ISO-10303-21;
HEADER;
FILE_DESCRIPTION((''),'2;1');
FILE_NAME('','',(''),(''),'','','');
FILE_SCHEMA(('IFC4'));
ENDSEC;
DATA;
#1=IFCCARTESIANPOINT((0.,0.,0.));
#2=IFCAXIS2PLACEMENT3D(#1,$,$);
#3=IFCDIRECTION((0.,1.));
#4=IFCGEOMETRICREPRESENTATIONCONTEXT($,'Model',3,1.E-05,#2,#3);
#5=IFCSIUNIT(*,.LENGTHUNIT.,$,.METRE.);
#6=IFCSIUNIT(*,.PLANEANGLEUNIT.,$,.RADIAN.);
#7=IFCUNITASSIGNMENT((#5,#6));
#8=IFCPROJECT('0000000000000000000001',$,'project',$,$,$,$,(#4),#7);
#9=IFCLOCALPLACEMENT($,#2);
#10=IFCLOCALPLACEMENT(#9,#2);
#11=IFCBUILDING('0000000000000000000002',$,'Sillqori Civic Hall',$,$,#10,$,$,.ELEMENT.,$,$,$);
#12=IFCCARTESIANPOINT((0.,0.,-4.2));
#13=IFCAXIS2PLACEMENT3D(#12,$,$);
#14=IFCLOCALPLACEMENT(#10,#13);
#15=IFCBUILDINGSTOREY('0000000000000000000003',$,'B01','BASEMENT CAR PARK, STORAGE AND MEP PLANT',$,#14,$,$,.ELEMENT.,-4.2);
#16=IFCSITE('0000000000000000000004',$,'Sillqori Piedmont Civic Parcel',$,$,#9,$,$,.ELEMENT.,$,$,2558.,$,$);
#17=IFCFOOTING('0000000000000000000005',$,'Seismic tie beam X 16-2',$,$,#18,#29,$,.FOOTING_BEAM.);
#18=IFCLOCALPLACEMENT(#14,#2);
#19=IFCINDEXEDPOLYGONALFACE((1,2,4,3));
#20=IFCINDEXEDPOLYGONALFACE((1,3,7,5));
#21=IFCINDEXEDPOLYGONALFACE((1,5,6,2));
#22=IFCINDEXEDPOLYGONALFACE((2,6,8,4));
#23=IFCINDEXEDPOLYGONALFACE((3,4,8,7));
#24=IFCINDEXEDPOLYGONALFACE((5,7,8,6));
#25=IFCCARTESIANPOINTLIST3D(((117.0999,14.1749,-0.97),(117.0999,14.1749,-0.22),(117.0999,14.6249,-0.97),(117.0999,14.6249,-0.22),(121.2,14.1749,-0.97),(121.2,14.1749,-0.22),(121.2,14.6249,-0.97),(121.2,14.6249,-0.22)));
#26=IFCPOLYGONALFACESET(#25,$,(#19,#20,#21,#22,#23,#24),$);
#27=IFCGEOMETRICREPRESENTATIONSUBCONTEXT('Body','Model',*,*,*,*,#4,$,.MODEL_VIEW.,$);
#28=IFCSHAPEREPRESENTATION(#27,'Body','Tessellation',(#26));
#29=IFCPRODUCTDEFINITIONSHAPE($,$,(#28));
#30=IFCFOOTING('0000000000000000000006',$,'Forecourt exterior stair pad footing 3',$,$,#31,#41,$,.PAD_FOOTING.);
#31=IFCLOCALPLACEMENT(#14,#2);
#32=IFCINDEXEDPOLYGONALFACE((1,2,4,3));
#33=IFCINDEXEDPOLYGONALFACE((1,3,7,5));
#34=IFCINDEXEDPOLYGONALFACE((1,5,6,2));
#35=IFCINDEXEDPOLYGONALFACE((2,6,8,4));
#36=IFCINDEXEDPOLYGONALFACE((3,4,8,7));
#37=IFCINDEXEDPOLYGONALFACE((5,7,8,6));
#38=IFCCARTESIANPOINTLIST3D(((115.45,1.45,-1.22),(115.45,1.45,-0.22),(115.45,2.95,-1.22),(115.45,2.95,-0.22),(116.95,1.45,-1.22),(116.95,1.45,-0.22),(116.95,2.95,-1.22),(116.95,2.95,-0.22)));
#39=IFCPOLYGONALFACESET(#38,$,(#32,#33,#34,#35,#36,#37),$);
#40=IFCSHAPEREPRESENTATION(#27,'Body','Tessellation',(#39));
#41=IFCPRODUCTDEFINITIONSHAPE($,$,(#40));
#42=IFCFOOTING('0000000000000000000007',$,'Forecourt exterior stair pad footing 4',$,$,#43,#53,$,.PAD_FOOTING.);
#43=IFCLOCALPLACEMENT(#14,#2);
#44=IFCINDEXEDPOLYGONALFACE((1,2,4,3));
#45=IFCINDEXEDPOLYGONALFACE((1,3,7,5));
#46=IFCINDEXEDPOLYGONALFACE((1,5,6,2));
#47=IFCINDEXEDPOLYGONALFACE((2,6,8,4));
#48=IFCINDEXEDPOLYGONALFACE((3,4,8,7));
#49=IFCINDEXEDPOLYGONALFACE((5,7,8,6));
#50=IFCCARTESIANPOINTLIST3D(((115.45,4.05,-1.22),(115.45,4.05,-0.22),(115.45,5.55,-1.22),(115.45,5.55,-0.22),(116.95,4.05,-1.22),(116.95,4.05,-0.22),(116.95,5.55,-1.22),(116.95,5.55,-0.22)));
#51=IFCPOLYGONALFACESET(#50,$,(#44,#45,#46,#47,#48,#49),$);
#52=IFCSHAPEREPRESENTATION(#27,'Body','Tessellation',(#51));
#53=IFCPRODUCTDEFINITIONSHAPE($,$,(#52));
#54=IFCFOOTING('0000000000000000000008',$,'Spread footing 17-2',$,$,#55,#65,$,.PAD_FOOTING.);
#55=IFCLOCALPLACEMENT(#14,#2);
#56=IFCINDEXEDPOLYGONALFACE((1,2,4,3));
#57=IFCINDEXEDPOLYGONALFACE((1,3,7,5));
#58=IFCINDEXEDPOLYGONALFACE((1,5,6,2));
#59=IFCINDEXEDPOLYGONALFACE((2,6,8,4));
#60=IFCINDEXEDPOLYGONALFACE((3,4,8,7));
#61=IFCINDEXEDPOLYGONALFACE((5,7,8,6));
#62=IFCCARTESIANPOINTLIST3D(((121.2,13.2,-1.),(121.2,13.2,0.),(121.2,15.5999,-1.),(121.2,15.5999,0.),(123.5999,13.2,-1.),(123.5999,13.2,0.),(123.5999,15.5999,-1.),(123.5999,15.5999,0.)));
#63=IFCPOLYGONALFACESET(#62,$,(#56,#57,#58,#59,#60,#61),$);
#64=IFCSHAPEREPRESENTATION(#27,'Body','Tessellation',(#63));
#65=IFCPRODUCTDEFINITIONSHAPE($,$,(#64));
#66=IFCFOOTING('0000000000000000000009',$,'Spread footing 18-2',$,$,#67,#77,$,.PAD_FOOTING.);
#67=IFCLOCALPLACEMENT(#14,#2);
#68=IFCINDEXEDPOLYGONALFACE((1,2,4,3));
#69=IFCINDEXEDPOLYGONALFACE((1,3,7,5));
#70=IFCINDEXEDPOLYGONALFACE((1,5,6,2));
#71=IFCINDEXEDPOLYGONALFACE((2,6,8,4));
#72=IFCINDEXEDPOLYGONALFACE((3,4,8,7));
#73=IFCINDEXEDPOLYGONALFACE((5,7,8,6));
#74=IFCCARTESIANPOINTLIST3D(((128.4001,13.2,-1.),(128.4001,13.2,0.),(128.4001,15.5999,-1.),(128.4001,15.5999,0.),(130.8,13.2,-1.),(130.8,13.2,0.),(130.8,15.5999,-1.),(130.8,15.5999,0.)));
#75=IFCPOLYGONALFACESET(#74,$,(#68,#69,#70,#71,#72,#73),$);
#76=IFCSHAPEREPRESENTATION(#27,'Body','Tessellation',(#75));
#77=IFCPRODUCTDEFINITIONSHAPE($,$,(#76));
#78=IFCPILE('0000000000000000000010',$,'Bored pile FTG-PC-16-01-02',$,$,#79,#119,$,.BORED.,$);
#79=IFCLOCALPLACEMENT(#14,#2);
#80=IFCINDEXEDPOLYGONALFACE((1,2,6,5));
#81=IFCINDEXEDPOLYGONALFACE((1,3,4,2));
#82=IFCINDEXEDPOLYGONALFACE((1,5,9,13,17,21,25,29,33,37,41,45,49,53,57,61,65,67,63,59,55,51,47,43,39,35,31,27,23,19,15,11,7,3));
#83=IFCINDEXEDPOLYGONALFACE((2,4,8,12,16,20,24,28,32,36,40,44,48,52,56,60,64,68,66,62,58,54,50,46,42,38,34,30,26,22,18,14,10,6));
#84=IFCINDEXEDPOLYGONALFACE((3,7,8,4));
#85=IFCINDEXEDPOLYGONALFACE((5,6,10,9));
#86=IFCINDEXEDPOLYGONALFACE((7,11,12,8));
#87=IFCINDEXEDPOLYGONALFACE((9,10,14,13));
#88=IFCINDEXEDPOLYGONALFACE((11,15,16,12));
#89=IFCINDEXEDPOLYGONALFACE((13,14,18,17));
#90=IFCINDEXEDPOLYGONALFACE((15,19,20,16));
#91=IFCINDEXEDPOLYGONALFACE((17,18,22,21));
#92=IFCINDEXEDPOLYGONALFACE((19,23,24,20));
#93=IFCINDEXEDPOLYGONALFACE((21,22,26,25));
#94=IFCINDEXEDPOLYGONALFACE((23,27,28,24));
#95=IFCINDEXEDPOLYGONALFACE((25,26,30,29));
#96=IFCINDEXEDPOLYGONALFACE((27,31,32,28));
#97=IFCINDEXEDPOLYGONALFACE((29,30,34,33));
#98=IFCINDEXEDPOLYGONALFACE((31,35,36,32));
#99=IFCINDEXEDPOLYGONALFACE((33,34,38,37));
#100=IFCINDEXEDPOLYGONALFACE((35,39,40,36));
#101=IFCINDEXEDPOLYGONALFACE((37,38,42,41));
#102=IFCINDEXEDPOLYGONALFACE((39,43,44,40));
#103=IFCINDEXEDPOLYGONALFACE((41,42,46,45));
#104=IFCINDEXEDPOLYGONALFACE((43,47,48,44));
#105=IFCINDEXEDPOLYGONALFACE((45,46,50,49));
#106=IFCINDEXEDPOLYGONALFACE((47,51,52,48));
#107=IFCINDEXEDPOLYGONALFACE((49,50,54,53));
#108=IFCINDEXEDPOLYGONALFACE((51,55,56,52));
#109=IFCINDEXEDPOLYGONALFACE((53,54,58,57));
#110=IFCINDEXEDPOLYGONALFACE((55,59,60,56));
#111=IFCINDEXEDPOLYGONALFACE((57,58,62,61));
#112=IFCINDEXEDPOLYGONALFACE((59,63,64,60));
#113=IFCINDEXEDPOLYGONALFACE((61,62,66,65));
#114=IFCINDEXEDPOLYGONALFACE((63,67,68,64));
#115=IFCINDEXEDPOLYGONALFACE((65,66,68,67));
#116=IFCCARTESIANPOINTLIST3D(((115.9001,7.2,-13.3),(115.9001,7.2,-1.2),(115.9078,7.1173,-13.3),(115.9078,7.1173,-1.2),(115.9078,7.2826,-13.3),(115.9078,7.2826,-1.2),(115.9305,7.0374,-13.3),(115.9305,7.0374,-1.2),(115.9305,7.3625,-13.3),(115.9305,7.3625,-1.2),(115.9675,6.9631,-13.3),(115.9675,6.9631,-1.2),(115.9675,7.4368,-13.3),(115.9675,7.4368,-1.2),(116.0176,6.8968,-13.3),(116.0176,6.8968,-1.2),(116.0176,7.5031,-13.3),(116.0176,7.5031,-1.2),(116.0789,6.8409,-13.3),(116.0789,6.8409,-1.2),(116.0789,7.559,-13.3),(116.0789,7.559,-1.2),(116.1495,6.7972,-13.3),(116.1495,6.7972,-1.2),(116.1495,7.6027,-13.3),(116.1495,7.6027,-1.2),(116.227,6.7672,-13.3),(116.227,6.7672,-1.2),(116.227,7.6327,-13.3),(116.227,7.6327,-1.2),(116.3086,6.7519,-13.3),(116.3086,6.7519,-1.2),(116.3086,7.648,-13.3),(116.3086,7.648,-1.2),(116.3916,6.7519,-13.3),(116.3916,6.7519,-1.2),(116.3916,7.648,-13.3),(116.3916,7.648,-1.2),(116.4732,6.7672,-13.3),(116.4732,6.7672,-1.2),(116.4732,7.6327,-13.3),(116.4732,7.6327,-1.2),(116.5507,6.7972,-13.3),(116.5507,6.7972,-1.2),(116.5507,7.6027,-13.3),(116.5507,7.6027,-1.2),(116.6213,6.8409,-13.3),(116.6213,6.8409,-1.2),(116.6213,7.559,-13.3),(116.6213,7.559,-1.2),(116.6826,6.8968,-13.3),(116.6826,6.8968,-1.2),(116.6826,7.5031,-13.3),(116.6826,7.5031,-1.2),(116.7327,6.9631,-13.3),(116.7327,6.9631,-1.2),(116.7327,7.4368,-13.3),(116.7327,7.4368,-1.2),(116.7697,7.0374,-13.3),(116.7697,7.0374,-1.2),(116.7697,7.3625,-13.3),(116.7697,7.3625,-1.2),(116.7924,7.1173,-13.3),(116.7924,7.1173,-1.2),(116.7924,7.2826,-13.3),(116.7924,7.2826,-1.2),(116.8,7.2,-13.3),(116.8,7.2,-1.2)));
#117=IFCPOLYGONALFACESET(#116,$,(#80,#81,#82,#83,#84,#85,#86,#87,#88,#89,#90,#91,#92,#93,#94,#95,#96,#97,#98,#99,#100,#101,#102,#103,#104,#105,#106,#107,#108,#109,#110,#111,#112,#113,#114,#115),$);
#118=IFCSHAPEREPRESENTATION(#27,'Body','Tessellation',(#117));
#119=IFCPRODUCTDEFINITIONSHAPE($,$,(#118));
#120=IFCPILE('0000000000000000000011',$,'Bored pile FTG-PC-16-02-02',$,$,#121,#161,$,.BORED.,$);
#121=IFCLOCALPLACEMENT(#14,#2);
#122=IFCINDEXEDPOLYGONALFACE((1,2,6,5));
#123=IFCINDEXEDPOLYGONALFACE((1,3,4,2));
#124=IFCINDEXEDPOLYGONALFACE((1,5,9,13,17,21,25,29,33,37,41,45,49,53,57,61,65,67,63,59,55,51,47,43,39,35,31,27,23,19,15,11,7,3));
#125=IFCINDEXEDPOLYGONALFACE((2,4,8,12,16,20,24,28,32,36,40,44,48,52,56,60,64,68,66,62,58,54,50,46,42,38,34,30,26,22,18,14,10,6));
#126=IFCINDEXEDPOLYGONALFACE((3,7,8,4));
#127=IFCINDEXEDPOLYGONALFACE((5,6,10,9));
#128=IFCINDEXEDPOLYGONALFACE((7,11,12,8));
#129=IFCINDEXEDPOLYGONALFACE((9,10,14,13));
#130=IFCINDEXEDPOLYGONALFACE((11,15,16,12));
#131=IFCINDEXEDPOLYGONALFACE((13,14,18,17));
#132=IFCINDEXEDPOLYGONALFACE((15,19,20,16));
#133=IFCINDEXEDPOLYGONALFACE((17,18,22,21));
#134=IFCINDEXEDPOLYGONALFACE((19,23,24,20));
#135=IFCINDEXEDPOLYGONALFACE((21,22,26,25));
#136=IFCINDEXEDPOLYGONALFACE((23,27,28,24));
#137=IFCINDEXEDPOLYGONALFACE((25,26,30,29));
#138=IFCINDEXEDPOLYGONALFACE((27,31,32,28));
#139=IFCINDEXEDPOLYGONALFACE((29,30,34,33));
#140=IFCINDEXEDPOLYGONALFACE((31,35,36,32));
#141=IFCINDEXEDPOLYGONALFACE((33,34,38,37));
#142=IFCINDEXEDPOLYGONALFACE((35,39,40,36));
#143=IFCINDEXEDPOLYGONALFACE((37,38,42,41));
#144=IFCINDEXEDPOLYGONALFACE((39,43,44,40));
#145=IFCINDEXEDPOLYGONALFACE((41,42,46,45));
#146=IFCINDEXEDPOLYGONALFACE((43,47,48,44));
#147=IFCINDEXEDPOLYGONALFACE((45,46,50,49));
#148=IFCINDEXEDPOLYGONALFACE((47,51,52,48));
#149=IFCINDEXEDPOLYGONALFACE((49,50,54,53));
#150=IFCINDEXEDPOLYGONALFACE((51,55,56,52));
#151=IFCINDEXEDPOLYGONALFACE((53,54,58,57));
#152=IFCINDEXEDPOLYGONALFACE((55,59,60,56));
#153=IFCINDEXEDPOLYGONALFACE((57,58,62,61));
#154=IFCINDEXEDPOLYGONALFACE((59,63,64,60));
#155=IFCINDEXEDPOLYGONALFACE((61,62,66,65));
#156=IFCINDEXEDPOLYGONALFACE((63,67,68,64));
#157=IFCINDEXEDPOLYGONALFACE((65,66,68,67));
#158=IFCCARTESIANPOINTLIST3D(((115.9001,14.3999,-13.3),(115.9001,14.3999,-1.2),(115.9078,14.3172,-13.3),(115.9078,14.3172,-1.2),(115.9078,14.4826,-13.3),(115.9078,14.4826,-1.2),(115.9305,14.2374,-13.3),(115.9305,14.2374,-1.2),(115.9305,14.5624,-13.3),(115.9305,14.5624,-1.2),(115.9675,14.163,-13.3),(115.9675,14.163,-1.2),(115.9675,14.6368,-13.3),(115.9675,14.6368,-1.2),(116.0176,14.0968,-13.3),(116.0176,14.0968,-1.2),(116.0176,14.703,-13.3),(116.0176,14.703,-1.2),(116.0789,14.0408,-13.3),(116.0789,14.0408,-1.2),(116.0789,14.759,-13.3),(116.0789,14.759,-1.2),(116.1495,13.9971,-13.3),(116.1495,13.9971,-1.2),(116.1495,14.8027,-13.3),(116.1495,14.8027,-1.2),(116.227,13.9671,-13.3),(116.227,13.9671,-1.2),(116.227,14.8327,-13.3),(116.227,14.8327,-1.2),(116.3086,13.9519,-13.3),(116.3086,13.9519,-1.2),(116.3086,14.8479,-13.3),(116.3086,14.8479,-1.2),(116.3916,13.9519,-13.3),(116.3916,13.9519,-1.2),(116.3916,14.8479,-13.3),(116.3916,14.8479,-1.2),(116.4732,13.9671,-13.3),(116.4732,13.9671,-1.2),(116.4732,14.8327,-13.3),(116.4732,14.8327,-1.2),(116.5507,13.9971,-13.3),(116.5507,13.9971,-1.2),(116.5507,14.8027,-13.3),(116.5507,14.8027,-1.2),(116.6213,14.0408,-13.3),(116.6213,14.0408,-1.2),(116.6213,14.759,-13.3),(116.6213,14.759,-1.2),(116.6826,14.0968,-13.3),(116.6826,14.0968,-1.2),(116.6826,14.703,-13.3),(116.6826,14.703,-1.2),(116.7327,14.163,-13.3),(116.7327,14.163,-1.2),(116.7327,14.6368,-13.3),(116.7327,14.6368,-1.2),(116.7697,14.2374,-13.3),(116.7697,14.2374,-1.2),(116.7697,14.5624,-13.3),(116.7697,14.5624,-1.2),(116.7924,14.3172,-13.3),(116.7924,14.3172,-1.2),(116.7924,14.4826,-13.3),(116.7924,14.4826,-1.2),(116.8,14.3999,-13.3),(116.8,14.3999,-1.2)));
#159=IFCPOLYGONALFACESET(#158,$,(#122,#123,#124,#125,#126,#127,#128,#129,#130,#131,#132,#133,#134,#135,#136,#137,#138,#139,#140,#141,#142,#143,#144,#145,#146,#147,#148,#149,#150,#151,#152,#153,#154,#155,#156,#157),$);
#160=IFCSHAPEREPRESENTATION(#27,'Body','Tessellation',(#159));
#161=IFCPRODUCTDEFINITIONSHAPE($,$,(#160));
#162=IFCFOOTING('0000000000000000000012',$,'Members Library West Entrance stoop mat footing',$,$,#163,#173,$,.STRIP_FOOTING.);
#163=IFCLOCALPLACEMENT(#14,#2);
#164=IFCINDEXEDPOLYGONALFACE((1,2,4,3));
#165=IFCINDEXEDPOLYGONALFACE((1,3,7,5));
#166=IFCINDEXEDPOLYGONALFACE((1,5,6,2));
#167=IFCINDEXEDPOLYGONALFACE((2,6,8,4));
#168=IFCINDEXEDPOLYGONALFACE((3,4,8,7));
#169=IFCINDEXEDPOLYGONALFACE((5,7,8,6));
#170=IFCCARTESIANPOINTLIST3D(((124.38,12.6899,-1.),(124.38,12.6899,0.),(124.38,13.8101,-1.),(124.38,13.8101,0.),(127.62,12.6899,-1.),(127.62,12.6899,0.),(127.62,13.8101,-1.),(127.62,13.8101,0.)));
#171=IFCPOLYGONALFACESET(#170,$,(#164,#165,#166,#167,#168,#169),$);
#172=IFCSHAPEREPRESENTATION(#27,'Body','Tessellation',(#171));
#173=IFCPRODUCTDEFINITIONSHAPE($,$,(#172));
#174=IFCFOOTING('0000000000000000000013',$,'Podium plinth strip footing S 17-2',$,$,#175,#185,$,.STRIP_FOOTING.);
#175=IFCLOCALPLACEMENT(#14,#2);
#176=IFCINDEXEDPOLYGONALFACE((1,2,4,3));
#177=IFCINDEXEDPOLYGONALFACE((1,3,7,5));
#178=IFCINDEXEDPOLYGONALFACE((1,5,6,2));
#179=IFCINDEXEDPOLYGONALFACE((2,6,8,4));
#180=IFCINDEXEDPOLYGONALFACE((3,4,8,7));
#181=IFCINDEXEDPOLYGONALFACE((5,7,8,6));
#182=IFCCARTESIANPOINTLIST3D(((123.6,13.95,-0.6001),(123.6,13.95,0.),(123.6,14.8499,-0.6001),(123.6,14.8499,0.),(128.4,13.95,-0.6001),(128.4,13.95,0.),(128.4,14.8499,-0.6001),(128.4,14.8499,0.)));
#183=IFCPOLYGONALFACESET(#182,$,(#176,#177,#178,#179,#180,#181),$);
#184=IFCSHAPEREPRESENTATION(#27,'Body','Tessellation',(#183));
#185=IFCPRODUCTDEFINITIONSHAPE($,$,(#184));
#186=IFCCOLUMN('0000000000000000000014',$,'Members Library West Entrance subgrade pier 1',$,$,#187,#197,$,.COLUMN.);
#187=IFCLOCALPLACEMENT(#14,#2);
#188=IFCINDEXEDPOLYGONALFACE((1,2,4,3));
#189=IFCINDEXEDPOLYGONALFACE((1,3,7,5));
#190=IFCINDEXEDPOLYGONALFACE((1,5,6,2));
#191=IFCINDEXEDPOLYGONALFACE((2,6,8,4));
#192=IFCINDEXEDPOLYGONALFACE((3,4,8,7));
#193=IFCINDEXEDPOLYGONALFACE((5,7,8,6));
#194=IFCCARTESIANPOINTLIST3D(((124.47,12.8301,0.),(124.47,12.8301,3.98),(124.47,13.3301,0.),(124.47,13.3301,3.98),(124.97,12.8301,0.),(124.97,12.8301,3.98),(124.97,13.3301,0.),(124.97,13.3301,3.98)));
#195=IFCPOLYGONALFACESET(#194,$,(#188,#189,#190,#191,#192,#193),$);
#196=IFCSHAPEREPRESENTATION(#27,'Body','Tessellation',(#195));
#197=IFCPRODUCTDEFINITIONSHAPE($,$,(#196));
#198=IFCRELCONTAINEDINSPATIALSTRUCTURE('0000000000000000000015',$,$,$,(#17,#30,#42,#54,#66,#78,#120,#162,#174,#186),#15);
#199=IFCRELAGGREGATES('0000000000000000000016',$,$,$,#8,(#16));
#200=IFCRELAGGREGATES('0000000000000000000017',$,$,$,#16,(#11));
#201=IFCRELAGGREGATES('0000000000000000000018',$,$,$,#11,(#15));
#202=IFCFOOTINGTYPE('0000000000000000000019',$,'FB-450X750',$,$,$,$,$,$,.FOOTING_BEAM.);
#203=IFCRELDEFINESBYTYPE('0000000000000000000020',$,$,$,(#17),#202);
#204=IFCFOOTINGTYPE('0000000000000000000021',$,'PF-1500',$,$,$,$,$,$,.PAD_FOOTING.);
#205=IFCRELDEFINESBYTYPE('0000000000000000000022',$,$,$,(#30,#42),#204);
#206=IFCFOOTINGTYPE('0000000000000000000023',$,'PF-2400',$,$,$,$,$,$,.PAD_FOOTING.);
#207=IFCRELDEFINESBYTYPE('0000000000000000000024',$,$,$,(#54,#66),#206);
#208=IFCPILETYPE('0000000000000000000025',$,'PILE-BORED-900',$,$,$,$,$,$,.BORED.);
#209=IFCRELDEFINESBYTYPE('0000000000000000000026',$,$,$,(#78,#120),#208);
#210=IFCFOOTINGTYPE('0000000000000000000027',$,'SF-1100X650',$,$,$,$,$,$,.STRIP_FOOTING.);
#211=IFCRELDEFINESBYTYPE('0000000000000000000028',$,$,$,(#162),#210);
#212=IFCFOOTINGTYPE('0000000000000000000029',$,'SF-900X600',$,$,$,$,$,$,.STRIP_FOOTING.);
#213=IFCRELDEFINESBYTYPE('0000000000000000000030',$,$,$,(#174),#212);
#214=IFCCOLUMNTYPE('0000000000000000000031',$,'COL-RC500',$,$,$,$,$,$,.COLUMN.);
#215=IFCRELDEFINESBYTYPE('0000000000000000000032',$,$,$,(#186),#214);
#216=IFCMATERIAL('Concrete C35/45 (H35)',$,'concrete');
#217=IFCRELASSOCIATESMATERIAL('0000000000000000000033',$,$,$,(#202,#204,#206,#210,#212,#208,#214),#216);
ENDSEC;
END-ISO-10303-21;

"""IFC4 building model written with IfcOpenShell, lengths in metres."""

from ifc_helpers import new_model, si_unit, direction, frame, origin, origin_2d, place, context, subcontext, project, spatial, rectangle, circle, extrude, material, material_profile, profile_set, type_object, element, save


model = new_model("IFC4")

# Units and contexts
model_context = context("Model", 3, precision=1e-05, world=origin(), true_north=direction((0.0, 1.0)))
body_context = subcontext(model_context, "Body", "Model", "MODEL_VIEW")
ifc_project = project(units=[si_unit("LENGTHUNIT", "METRE"), si_unit("PLANEANGLEUNIT", "RADIAN")], contexts=[model_context])

# Site, building, storey
site_placement = place(None, origin())
site = spatial("IfcSite", under=ifc_project, at=site_placement, Name="Sillqori Piedmont Civic Parcel", CompositionType="ELEMENT", RefElevation=2558.0)
building_placement = place(site_placement, origin())
building = spatial("IfcBuilding", under=site, at=building_placement, Name="Sillqori Civic Hall", CompositionType="ELEMENT")
storey_placement = place(building_placement, frame((0.0, 0.0, -4.2)))
storey = spatial("IfcBuildingStorey", under=building, at=storey_placement, Name="B01", Description="BASEMENT CAR PARK, STORAGE AND MEP PLANT", CompositionType="ELEMENT", Elevation=-4.2)

# Footings
ifc_material_1 = material(Name="Concrete C35/45 (H35)", Category="concrete")
footing_type_1 = type_object("IfcFootingType", Name="FB-450X750", PredefinedType="FOOTING_BEAM", material=ifc_material_1)
footing_1_placement = place(storey_placement, frame((119.1499, 14.3999, -0.97), z_axis=(0.0, 0.0, 1.0), x_axis=(1.0, 0.0, 0.0)))
element("IfcFooting", 1, at=footing_1_placement, inside=storey, type_object=footing_type_1, Name="Seismic tie beam X 16-2", PredefinedType="FOOTING_BEAM", context=body_context, shape_type="SweptSolid", body=[
    extrude(rectangle(XDim=4.1001, YDim=0.45, at=origin_2d()), origin(), (0.0, 0.0, 1.0), 0.75),
])
footing_type_2 = type_object("IfcFootingType", Name="PF-1500", PredefinedType="PAD_FOOTING", material=ifc_material_1)
for number, where, z_axis, x_axis, name in (
    (2, (116.2, 2.2, -1.22), (0.0, 0.0, 1.0), (1.0, 0.0, 0.0), "Forecourt exterior stair pad footing 3"),
    (3, (116.2, 4.8, -1.22), (0.0, 0.0, 1.0), (1.0, 0.0, 0.0), "Forecourt exterior stair pad footing 4"),
):
    element("IfcFooting", number, at=place(storey_placement, frame(where, z_axis=z_axis, x_axis=x_axis)), inside=storey, type_object=footing_type_2, Name=name, PredefinedType="PAD_FOOTING", context=body_context, shape_type="SweptSolid", body=[
        extrude(rectangle(XDim=1.5, YDim=1.5, at=origin_2d()), origin(), (0.0, 0.0, 1.0), 1.0),
    ])
footing_type_3 = type_object("IfcFootingType", Name="PF-2400", PredefinedType="PAD_FOOTING", material=ifc_material_1)
for number, where, z_axis, x_axis, name in (
    (4, (122.3999, 14.3999, -1.0), (0.0, 0.0, 1.0), (1.0, 0.0, 0.0), "Spread footing 17-2"),
    (5, (129.6001, 14.3999, -1.0), (0.0, 0.0, 1.0), (1.0, 0.0, 0.0), "Spread footing 18-2"),
):
    element("IfcFooting", number, at=place(storey_placement, frame(where, z_axis=z_axis, x_axis=x_axis)), inside=storey, type_object=footing_type_3, Name=name, PredefinedType="PAD_FOOTING", context=body_context, shape_type="SweptSolid", body=[
        extrude(rectangle(XDim=2.3999, YDim=2.3999, at=origin_2d()), origin(), (0.0, 0.0, 1.0), 1.0),
    ])

# Piles
ifc_material_profile_1 = material_profile(ifc_material_1, circle(Radius=0.45, at=origin_2d()), Name="BORED PILE 900")
ifc_profile_set_1 = profile_set([ifc_material_profile_1], Name="Concrete C35/45 (H35)")
pile_type = type_object("IfcPileType", Name="PILE-BORED-900", PredefinedType="BORED", material=ifc_profile_set_1)
for number, where, z_axis, x_axis, name in (
    (6, (116.3501, 7.2, -1.2), (0.0, 0.0, -1.0), (1.0, 0.0, 0.0), "Bored pile FTG-PC-16-01-02"),
    (7, (116.3501, 14.3999, -1.2), (0.0, 0.0, -1.0), (1.0, 0.0, 0.0), "Bored pile FTG-PC-16-02-02"),
):
    element("IfcPile", number, at=place(storey_placement, frame(where, z_axis=z_axis, x_axis=x_axis)), inside=storey, type_object=pile_type, Name=name, PredefinedType="BORED", context=body_context, shape_type="SweptSolid", body=[
        extrude(circle(Radius=0.45, at=origin_2d()), origin(), (0.0, 0.0, 1.0), 12.1001),
    ])

# Footings
footing_type_4 = type_object("IfcFootingType", Name="SF-1100X650", PredefinedType="STRIP_FOOTING", material=ifc_material_1)
footing_2_placement = place(storey_placement, frame((126.0, 13.25, -1.0), z_axis=(0.0, 0.0, 1.0), x_axis=(1.0, 0.0, 0.0)))
element("IfcFooting", 8, at=footing_2_placement, inside=storey, type_object=footing_type_4, Name="Members Library West Entrance stoop mat footing", PredefinedType="STRIP_FOOTING", context=body_context, shape_type="SweptSolid", body=[
    extrude(rectangle(XDim=3.24, YDim=1.1201, at=origin_2d()), origin(), (0.0, 0.0, 1.0), 1.0),
])
footing_type_5 = type_object("IfcFootingType", Name="SF-900X600", PredefinedType="STRIP_FOOTING", material=ifc_material_1)
footing_3_placement = place(storey_placement, frame((126.0, 14.3999, -0.6001), z_axis=(0.0, 0.0, 1.0), x_axis=(1.0, 0.0, 0.0)))
element("IfcFooting", 9, at=footing_3_placement, inside=storey, type_object=footing_type_5, Name="Podium plinth strip footing S 17-2", PredefinedType="STRIP_FOOTING", context=body_context, shape_type="SweptSolid", body=[
    extrude(rectangle(XDim=4.8, YDim=0.8999, at=origin_2d()), origin(), (0.0, 0.0, 1.0), 0.6001),
])

# Column
ifc_material_profile_2 = material_profile(ifc_material_1, rectangle(XDim=0.5, YDim=0.5, at=origin_2d()), Name="RC 500x500")
ifc_profile_set_2 = profile_set([ifc_material_profile_2], Name="Concrete C35/45 (H35)")
column_type_1 = type_object("IfcColumnType", Name="COL-RC500", PredefinedType="COLUMN", material=ifc_profile_set_2)
for number, where, z_axis, x_axis, name in (
    (10, (124.72, 13.0801, 0.0), (0.0, 0.0, 1.0), (1.0, 0.0, 0.0), "Members Library West Entrance subgrade pier 1"),
):
    element("IfcColumn", number, at=place(storey_placement, frame(where, z_axis=z_axis, x_axis=x_axis)), inside=storey, type_object=column_type_1, Name=name, PredefinedType="COLUMN", context=body_context, shape_type="SweptSolid", body=[
        extrude(rectangle(XDim=0.5, YDim=0.5, at=origin_2d()), origin(), (0.0, 0.0, 1.0), 3.98),
    ])

save(model, "model.ifc")
